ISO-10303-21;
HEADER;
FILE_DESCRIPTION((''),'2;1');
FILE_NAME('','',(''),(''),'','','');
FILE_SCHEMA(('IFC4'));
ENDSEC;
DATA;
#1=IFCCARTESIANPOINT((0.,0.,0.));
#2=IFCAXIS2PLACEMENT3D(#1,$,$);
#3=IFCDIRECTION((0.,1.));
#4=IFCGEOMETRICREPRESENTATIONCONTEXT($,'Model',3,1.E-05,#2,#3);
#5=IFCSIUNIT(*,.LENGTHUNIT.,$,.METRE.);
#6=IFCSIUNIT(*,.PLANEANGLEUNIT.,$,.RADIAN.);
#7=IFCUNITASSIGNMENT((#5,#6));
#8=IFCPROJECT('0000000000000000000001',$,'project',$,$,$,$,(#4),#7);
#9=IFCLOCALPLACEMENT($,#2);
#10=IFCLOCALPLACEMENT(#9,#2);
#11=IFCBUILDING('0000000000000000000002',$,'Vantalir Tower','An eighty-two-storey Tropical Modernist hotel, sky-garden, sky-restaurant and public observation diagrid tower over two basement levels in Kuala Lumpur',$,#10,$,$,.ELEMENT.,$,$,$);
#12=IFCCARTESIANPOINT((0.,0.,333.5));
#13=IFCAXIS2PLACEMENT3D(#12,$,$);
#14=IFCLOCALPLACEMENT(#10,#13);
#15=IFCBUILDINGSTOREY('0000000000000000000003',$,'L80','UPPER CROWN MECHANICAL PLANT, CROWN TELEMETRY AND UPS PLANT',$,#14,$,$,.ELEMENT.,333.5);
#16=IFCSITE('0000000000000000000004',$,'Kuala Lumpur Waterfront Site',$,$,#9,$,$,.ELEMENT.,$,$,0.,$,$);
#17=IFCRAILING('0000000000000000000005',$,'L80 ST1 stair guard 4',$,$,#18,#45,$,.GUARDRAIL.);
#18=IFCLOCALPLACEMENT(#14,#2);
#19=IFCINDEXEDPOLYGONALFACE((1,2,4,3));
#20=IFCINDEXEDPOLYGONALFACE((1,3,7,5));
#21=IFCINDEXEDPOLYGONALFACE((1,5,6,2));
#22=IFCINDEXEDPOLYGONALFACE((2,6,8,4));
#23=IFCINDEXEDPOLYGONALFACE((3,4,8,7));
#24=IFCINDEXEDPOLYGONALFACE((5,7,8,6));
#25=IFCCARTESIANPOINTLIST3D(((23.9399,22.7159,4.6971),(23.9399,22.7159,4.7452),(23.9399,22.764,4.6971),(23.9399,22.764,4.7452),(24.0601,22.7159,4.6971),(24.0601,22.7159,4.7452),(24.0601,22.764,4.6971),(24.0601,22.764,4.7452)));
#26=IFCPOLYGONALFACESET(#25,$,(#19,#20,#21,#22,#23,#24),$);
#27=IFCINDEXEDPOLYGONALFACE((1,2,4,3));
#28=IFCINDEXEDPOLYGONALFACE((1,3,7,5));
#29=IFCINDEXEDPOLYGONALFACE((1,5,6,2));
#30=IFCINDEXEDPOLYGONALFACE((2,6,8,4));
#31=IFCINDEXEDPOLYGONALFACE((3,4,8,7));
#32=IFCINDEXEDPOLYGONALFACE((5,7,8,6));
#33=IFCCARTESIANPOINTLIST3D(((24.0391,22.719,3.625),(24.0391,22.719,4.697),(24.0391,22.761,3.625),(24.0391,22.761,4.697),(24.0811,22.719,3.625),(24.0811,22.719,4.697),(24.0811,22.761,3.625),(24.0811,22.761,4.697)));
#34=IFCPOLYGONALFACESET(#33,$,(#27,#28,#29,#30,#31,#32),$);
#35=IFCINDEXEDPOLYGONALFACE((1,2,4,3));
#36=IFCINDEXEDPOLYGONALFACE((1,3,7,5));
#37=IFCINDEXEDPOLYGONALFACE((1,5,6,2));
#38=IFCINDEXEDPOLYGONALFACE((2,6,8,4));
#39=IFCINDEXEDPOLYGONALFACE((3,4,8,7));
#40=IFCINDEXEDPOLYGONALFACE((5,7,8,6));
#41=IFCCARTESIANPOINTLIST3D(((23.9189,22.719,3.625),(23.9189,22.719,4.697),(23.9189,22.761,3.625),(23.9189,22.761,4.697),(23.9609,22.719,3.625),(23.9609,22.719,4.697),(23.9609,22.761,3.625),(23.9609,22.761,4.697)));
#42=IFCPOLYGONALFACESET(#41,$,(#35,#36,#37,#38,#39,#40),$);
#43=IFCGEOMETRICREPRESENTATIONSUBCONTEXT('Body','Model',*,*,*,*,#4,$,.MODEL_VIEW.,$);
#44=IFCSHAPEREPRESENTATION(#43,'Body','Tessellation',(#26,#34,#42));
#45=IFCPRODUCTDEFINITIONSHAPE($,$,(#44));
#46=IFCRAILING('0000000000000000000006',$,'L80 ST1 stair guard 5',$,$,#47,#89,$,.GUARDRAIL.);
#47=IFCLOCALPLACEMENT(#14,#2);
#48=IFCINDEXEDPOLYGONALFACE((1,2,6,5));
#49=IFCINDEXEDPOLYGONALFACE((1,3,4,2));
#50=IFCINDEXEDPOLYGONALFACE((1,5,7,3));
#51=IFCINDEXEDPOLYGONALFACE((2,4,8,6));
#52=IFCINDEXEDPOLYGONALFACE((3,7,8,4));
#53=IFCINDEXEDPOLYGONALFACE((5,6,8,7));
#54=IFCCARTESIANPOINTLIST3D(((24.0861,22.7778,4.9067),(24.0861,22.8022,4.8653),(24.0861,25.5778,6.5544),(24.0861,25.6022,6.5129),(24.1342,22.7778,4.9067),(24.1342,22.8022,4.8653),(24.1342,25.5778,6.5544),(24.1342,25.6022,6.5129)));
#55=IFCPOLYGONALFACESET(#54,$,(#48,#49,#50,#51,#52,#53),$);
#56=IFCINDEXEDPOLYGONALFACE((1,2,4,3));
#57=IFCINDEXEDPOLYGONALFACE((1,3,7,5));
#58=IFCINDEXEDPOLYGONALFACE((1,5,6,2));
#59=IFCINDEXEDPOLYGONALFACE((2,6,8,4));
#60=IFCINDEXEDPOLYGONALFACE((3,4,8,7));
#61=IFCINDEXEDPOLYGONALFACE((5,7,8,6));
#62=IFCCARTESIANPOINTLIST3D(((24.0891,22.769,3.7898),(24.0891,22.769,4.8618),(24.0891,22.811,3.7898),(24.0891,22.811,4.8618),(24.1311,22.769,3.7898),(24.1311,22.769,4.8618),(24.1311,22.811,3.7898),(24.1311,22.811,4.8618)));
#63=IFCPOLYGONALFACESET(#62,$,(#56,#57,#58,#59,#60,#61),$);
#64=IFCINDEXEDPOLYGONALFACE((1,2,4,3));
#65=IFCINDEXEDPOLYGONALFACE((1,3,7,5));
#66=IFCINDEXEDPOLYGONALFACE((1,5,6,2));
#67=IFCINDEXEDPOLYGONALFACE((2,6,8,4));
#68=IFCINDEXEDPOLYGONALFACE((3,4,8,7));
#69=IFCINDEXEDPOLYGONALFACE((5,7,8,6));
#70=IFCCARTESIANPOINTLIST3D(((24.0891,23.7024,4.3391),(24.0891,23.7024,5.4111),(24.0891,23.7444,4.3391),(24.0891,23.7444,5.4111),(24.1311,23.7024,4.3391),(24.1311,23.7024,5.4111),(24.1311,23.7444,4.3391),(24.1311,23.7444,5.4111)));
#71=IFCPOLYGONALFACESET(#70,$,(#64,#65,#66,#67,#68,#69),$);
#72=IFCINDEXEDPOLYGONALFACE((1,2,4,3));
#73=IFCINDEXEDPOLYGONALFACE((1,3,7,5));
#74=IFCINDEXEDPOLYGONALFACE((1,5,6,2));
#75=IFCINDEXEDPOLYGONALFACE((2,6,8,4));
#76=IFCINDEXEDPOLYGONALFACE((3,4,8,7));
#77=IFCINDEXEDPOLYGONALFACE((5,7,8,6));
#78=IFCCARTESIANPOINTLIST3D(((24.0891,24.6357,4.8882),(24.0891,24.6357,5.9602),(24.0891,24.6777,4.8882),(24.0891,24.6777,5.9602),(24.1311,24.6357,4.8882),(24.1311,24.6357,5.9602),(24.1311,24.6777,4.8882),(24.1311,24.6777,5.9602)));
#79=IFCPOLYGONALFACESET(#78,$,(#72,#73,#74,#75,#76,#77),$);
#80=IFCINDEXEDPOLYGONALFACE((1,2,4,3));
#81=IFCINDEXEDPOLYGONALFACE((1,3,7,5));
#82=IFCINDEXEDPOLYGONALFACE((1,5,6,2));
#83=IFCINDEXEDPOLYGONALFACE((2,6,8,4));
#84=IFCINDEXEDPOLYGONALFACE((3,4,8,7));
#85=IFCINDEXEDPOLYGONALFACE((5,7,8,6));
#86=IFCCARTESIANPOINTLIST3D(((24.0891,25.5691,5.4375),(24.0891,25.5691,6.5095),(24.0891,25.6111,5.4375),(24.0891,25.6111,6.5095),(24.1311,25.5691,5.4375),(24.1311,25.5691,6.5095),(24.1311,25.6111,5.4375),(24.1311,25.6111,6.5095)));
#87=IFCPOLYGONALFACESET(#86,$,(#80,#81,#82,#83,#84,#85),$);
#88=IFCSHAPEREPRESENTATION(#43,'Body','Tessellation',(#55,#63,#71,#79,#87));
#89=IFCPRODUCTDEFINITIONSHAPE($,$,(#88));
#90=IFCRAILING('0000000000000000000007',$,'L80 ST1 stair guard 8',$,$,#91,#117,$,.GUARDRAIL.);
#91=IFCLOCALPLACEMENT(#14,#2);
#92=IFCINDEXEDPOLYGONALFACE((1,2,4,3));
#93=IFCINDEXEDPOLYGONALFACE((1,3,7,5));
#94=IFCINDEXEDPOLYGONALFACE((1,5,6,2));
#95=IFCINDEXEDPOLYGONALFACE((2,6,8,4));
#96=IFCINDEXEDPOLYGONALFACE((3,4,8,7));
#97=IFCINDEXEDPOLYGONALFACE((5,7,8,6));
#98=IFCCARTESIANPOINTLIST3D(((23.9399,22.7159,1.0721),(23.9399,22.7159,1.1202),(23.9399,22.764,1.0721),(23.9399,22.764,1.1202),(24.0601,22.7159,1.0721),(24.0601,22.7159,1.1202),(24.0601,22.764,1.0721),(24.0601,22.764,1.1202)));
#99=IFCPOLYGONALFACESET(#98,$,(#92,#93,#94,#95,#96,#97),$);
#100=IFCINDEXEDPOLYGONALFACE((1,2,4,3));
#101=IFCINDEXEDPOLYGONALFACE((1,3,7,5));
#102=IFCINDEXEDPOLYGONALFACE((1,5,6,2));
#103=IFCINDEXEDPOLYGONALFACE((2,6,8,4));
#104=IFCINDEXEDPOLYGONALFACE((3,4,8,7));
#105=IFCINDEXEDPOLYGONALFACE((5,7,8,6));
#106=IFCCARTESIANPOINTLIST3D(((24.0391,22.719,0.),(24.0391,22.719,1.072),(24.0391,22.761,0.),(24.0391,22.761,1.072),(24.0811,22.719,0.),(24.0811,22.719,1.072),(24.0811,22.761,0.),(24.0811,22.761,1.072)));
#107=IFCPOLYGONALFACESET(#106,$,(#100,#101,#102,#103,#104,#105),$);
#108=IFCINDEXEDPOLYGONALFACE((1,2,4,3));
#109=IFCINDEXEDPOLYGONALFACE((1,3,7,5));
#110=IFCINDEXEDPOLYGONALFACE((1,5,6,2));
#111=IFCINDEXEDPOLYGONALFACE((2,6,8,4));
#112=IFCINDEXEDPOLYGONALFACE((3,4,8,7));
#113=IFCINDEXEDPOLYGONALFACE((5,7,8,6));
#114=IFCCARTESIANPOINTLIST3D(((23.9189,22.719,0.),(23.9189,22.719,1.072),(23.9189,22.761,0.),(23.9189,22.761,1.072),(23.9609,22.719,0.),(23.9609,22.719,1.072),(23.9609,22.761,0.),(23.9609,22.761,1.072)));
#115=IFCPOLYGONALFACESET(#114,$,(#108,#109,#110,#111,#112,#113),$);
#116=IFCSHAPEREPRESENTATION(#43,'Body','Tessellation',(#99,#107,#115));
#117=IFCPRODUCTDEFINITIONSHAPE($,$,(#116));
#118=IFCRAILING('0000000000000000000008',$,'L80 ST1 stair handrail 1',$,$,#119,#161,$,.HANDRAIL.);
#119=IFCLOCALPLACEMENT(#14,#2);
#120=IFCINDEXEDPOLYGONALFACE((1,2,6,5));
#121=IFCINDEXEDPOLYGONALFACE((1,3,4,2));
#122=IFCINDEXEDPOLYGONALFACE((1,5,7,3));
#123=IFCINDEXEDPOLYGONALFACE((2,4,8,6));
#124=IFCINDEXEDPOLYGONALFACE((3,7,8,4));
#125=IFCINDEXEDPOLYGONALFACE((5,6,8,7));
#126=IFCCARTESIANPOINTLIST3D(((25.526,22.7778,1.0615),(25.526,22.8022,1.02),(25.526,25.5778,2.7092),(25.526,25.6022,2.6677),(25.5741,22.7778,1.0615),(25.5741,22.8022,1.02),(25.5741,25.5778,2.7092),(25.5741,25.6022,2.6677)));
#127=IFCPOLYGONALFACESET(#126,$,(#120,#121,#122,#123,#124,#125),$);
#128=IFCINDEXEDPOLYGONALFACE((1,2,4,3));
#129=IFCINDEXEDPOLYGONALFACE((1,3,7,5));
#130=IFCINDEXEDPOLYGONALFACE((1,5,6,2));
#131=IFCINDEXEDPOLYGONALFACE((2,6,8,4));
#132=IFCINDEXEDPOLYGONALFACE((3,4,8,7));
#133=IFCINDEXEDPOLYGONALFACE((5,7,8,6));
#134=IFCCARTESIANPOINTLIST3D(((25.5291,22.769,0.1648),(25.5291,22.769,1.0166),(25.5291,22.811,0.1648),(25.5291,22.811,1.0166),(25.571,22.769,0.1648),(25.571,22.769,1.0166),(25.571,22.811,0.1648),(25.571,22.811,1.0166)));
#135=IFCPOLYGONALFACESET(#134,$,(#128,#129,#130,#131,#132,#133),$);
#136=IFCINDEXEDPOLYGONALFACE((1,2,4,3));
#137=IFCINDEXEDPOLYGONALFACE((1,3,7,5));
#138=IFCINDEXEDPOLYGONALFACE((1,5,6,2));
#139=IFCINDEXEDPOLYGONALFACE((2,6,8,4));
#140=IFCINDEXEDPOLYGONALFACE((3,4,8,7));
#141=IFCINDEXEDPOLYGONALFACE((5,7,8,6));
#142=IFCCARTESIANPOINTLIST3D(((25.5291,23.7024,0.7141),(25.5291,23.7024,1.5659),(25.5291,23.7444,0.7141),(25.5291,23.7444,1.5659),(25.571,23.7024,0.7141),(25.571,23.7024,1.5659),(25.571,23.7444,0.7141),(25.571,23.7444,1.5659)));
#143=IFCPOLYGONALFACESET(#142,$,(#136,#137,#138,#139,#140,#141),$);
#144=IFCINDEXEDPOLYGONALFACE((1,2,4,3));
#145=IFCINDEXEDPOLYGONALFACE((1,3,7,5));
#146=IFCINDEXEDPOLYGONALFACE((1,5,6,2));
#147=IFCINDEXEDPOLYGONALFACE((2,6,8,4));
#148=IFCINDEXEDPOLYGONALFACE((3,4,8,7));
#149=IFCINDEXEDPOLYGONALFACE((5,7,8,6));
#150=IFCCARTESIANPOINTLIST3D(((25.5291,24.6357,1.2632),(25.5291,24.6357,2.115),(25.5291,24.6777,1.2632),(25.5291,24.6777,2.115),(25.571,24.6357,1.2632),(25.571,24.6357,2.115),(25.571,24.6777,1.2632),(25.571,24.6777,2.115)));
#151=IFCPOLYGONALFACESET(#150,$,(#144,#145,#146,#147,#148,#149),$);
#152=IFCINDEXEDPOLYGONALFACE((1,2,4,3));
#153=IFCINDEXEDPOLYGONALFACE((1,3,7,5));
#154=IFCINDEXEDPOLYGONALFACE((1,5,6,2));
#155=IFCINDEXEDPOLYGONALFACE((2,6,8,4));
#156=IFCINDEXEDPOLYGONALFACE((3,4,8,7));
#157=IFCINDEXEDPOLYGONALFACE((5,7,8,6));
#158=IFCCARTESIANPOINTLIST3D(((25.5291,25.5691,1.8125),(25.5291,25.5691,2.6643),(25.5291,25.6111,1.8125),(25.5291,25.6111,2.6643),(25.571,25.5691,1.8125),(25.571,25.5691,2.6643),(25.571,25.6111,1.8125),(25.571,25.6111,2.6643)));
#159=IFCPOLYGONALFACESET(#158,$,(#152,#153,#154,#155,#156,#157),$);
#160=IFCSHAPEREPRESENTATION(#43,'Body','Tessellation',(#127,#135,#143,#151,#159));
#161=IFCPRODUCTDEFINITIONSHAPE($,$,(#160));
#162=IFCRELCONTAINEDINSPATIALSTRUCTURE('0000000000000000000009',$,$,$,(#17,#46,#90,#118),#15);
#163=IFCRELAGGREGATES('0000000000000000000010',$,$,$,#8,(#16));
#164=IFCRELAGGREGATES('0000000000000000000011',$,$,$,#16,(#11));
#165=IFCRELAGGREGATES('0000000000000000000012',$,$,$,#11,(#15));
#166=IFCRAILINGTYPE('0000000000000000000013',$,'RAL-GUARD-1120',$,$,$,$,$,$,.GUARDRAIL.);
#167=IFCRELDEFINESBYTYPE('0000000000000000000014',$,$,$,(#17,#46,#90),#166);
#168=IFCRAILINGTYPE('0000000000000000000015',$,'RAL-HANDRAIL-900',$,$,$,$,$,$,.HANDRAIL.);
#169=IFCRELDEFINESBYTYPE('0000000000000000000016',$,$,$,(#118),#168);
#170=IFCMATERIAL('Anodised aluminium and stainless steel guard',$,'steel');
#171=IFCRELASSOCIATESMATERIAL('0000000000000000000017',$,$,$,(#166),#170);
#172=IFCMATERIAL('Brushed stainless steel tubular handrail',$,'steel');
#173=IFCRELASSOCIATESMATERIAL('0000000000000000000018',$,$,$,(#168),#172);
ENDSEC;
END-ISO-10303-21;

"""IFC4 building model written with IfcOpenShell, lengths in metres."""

from ifc_helpers import new_model, si_unit, direction, frame, origin, origin_2d, place, context, subcontext, project, spatial, rectangle, extrude, material, type_object, element, save


model = new_model("IFC4")

# Units and contexts
model_context = context("Model", 3, precision=1e-05, world=origin(), true_north=direction((0.0, 1.0)))
body_context = subcontext(model_context, "Body", "Model", "MODEL_VIEW")
ifc_project = project(units=[si_unit("LENGTHUNIT", "METRE"), si_unit("PLANEANGLEUNIT", "RADIAN")], contexts=[model_context])

# Site, building, storey
site_placement = place(None, origin())
site = spatial("IfcSite", under=ifc_project, at=site_placement, Name="Kuala Lumpur Waterfront Site", CompositionType="ELEMENT", RefElevation=0.0)
building_placement = place(site_placement, origin())
building = spatial("IfcBuilding", under=site, at=building_placement, Name="Vantalir Tower", Description="An eighty-two-storey Tropical Modernist hotel, sky-garden, sky-restaurant and public observation diagrid tower over two basement levels in Kuala Lumpur", CompositionType="ELEMENT")
storey_placement = place(building_placement, frame((0.0, 0.0, 333.5)))
storey = spatial("IfcBuildingStorey", under=building, at=storey_placement, Name="L80", Description="UPPER CROWN MECHANICAL PLANT, CROWN TELEMETRY AND UPS PLANT", CompositionType="ELEMENT", Elevation=333.5)

# Railings
ifc_material_1 = material(Name="Anodised aluminium and stainless steel guard", Category="steel")
railing_type_1 = type_object("IfcRailingType", Name="RAL-GUARD-1120", PredefinedType="GUARDRAIL", material=ifc_material_1)
railing_1_placement = place(storey_placement, frame((24.0601, 22.74, 3.625)))
element("IfcRailing", 1, at=railing_1_placement, inside=storey, type_object=railing_type_1, Name="L80 ST1 stair guard 4", PredefinedType="GUARDRAIL", context=body_context, shape_type="SweptSolid", body=[
    extrude(rectangle(XDim=0.0481, YDim=0.0481, at=origin_2d()), frame((0.0, 0.0, 1.0962), z_axis=(-1.0, 0.0, 0.0), x_axis=(0.0, -1.0, 0.0)), (0.0, 0.0, 1.0), 0.1201),
    extrude(rectangle(XDim=0.042, YDim=0.042, at=origin_2d()), origin(), (0.0, 0.0, 1.0), 1.072),
    extrude(rectangle(XDim=0.042, YDim=0.042, at=origin_2d()), frame((-0.1201, 0.0, 0.0)), (0.0, 0.0, 1.0), 1.072),
])
railing_2_placement = place(storey_placement, frame((24.1101, 22.79, 3.7898)))
element("IfcRailing", 2, at=railing_2_placement, inside=storey, type_object=railing_type_1, Name="L80 ST1 stair guard 5", PredefinedType="GUARDRAIL", context=body_context, shape_type="SweptSolid", body=[
    extrude(rectangle(XDim=0.0481, YDim=0.0481, at=origin_2d()), frame((0.0, 0.0, 1.0962), z_axis=(0.0, 0.861851, 0.507161), x_axis=(-1.0, 0.0, 0.0)), (0.0, 0.0, 1.0), 3.2488),
    extrude(rectangle(XDim=0.042, YDim=0.042, at=origin_2d()), origin(), (0.0, 0.0, 1.0), 1.072),
    extrude(rectangle(XDim=0.042, YDim=0.042, at=origin_2d()), frame((0.0, 0.9333, 0.5493)), (0.0, 0.0, 1.0), 1.072),
    extrude(rectangle(XDim=0.042, YDim=0.042, at=origin_2d()), frame((0.0, 1.8667, 1.0984)), (0.0, 0.0, 1.0), 1.072),
    extrude(rectangle(XDim=0.042, YDim=0.042, at=origin_2d()), frame((0.0, 2.8, 1.6477)), (0.0, 0.0, 1.0), 1.072),
])
railing_3_placement = place(storey_placement, frame((24.0601, 22.74, 0.0)))
element("IfcRailing", 3, at=railing_3_placement, inside=storey, type_object=railing_type_1, Name="L80 ST1 stair guard 8", PredefinedType="GUARDRAIL", context=body_context, shape_type="SweptSolid", body=[
    extrude(rectangle(XDim=0.0481, YDim=0.0481, at=origin_2d()), frame((0.0, 0.0, 1.0962), z_axis=(-1.0, 0.0, 0.0), x_axis=(0.0, -1.0, 0.0)), (0.0, 0.0, 1.0), 0.1201),
    extrude(rectangle(XDim=0.042, YDim=0.042, at=origin_2d()), origin(), (0.0, 0.0, 1.0), 1.072),
    extrude(rectangle(XDim=0.042, YDim=0.042, at=origin_2d()), frame((-0.1201, 0.0, 0.0)), (0.0, 0.0, 1.0), 1.072),
])
ifc_material_2 = material(Name="Brushed stainless steel tubular handrail", Category="steel")
railing_type_2 = type_object("IfcRailingType", Name="RAL-HANDRAIL-900", PredefinedType="HANDRAIL", material=ifc_material_2)
railing_4_placement = place(storey_placement, frame((25.55, 22.79, 0.1648)))
element("IfcRailing", 4, at=railing_4_placement, inside=storey, type_object=railing_type_2, Name="L80 ST1 stair handrail 1", PredefinedType="HANDRAIL", context=body_context, shape_type="SweptSolid", body=[
    extrude(rectangle(XDim=0.0481, YDim=0.0481, at=origin_2d()), frame((0.0, 0.0, 0.876), z_axis=(0.0, 0.861851, 0.507161), x_axis=(-1.0, 0.0, 0.0)), (0.0, 0.0, 1.0), 3.2488),
    extrude(rectangle(XDim=0.042, YDim=0.042, at=origin_2d()), origin(), (0.0, 0.0, 1.0), 0.8518),
    extrude(rectangle(XDim=0.042, YDim=0.042, at=origin_2d()), frame((0.0, 0.9333, 0.5493)), (0.0, 0.0, 1.0), 0.8518),
    extrude(rectangle(XDim=0.042, YDim=0.042, at=origin_2d()), frame((0.0, 1.8667, 1.0984)), (0.0, 0.0, 1.0), 0.8518),
    extrude(rectangle(XDim=0.042, YDim=0.042, at=origin_2d()), frame((0.0, 2.8, 1.6477)), (0.0, 0.0, 1.0), 0.8518),
])

save(model, "model.ifc")
